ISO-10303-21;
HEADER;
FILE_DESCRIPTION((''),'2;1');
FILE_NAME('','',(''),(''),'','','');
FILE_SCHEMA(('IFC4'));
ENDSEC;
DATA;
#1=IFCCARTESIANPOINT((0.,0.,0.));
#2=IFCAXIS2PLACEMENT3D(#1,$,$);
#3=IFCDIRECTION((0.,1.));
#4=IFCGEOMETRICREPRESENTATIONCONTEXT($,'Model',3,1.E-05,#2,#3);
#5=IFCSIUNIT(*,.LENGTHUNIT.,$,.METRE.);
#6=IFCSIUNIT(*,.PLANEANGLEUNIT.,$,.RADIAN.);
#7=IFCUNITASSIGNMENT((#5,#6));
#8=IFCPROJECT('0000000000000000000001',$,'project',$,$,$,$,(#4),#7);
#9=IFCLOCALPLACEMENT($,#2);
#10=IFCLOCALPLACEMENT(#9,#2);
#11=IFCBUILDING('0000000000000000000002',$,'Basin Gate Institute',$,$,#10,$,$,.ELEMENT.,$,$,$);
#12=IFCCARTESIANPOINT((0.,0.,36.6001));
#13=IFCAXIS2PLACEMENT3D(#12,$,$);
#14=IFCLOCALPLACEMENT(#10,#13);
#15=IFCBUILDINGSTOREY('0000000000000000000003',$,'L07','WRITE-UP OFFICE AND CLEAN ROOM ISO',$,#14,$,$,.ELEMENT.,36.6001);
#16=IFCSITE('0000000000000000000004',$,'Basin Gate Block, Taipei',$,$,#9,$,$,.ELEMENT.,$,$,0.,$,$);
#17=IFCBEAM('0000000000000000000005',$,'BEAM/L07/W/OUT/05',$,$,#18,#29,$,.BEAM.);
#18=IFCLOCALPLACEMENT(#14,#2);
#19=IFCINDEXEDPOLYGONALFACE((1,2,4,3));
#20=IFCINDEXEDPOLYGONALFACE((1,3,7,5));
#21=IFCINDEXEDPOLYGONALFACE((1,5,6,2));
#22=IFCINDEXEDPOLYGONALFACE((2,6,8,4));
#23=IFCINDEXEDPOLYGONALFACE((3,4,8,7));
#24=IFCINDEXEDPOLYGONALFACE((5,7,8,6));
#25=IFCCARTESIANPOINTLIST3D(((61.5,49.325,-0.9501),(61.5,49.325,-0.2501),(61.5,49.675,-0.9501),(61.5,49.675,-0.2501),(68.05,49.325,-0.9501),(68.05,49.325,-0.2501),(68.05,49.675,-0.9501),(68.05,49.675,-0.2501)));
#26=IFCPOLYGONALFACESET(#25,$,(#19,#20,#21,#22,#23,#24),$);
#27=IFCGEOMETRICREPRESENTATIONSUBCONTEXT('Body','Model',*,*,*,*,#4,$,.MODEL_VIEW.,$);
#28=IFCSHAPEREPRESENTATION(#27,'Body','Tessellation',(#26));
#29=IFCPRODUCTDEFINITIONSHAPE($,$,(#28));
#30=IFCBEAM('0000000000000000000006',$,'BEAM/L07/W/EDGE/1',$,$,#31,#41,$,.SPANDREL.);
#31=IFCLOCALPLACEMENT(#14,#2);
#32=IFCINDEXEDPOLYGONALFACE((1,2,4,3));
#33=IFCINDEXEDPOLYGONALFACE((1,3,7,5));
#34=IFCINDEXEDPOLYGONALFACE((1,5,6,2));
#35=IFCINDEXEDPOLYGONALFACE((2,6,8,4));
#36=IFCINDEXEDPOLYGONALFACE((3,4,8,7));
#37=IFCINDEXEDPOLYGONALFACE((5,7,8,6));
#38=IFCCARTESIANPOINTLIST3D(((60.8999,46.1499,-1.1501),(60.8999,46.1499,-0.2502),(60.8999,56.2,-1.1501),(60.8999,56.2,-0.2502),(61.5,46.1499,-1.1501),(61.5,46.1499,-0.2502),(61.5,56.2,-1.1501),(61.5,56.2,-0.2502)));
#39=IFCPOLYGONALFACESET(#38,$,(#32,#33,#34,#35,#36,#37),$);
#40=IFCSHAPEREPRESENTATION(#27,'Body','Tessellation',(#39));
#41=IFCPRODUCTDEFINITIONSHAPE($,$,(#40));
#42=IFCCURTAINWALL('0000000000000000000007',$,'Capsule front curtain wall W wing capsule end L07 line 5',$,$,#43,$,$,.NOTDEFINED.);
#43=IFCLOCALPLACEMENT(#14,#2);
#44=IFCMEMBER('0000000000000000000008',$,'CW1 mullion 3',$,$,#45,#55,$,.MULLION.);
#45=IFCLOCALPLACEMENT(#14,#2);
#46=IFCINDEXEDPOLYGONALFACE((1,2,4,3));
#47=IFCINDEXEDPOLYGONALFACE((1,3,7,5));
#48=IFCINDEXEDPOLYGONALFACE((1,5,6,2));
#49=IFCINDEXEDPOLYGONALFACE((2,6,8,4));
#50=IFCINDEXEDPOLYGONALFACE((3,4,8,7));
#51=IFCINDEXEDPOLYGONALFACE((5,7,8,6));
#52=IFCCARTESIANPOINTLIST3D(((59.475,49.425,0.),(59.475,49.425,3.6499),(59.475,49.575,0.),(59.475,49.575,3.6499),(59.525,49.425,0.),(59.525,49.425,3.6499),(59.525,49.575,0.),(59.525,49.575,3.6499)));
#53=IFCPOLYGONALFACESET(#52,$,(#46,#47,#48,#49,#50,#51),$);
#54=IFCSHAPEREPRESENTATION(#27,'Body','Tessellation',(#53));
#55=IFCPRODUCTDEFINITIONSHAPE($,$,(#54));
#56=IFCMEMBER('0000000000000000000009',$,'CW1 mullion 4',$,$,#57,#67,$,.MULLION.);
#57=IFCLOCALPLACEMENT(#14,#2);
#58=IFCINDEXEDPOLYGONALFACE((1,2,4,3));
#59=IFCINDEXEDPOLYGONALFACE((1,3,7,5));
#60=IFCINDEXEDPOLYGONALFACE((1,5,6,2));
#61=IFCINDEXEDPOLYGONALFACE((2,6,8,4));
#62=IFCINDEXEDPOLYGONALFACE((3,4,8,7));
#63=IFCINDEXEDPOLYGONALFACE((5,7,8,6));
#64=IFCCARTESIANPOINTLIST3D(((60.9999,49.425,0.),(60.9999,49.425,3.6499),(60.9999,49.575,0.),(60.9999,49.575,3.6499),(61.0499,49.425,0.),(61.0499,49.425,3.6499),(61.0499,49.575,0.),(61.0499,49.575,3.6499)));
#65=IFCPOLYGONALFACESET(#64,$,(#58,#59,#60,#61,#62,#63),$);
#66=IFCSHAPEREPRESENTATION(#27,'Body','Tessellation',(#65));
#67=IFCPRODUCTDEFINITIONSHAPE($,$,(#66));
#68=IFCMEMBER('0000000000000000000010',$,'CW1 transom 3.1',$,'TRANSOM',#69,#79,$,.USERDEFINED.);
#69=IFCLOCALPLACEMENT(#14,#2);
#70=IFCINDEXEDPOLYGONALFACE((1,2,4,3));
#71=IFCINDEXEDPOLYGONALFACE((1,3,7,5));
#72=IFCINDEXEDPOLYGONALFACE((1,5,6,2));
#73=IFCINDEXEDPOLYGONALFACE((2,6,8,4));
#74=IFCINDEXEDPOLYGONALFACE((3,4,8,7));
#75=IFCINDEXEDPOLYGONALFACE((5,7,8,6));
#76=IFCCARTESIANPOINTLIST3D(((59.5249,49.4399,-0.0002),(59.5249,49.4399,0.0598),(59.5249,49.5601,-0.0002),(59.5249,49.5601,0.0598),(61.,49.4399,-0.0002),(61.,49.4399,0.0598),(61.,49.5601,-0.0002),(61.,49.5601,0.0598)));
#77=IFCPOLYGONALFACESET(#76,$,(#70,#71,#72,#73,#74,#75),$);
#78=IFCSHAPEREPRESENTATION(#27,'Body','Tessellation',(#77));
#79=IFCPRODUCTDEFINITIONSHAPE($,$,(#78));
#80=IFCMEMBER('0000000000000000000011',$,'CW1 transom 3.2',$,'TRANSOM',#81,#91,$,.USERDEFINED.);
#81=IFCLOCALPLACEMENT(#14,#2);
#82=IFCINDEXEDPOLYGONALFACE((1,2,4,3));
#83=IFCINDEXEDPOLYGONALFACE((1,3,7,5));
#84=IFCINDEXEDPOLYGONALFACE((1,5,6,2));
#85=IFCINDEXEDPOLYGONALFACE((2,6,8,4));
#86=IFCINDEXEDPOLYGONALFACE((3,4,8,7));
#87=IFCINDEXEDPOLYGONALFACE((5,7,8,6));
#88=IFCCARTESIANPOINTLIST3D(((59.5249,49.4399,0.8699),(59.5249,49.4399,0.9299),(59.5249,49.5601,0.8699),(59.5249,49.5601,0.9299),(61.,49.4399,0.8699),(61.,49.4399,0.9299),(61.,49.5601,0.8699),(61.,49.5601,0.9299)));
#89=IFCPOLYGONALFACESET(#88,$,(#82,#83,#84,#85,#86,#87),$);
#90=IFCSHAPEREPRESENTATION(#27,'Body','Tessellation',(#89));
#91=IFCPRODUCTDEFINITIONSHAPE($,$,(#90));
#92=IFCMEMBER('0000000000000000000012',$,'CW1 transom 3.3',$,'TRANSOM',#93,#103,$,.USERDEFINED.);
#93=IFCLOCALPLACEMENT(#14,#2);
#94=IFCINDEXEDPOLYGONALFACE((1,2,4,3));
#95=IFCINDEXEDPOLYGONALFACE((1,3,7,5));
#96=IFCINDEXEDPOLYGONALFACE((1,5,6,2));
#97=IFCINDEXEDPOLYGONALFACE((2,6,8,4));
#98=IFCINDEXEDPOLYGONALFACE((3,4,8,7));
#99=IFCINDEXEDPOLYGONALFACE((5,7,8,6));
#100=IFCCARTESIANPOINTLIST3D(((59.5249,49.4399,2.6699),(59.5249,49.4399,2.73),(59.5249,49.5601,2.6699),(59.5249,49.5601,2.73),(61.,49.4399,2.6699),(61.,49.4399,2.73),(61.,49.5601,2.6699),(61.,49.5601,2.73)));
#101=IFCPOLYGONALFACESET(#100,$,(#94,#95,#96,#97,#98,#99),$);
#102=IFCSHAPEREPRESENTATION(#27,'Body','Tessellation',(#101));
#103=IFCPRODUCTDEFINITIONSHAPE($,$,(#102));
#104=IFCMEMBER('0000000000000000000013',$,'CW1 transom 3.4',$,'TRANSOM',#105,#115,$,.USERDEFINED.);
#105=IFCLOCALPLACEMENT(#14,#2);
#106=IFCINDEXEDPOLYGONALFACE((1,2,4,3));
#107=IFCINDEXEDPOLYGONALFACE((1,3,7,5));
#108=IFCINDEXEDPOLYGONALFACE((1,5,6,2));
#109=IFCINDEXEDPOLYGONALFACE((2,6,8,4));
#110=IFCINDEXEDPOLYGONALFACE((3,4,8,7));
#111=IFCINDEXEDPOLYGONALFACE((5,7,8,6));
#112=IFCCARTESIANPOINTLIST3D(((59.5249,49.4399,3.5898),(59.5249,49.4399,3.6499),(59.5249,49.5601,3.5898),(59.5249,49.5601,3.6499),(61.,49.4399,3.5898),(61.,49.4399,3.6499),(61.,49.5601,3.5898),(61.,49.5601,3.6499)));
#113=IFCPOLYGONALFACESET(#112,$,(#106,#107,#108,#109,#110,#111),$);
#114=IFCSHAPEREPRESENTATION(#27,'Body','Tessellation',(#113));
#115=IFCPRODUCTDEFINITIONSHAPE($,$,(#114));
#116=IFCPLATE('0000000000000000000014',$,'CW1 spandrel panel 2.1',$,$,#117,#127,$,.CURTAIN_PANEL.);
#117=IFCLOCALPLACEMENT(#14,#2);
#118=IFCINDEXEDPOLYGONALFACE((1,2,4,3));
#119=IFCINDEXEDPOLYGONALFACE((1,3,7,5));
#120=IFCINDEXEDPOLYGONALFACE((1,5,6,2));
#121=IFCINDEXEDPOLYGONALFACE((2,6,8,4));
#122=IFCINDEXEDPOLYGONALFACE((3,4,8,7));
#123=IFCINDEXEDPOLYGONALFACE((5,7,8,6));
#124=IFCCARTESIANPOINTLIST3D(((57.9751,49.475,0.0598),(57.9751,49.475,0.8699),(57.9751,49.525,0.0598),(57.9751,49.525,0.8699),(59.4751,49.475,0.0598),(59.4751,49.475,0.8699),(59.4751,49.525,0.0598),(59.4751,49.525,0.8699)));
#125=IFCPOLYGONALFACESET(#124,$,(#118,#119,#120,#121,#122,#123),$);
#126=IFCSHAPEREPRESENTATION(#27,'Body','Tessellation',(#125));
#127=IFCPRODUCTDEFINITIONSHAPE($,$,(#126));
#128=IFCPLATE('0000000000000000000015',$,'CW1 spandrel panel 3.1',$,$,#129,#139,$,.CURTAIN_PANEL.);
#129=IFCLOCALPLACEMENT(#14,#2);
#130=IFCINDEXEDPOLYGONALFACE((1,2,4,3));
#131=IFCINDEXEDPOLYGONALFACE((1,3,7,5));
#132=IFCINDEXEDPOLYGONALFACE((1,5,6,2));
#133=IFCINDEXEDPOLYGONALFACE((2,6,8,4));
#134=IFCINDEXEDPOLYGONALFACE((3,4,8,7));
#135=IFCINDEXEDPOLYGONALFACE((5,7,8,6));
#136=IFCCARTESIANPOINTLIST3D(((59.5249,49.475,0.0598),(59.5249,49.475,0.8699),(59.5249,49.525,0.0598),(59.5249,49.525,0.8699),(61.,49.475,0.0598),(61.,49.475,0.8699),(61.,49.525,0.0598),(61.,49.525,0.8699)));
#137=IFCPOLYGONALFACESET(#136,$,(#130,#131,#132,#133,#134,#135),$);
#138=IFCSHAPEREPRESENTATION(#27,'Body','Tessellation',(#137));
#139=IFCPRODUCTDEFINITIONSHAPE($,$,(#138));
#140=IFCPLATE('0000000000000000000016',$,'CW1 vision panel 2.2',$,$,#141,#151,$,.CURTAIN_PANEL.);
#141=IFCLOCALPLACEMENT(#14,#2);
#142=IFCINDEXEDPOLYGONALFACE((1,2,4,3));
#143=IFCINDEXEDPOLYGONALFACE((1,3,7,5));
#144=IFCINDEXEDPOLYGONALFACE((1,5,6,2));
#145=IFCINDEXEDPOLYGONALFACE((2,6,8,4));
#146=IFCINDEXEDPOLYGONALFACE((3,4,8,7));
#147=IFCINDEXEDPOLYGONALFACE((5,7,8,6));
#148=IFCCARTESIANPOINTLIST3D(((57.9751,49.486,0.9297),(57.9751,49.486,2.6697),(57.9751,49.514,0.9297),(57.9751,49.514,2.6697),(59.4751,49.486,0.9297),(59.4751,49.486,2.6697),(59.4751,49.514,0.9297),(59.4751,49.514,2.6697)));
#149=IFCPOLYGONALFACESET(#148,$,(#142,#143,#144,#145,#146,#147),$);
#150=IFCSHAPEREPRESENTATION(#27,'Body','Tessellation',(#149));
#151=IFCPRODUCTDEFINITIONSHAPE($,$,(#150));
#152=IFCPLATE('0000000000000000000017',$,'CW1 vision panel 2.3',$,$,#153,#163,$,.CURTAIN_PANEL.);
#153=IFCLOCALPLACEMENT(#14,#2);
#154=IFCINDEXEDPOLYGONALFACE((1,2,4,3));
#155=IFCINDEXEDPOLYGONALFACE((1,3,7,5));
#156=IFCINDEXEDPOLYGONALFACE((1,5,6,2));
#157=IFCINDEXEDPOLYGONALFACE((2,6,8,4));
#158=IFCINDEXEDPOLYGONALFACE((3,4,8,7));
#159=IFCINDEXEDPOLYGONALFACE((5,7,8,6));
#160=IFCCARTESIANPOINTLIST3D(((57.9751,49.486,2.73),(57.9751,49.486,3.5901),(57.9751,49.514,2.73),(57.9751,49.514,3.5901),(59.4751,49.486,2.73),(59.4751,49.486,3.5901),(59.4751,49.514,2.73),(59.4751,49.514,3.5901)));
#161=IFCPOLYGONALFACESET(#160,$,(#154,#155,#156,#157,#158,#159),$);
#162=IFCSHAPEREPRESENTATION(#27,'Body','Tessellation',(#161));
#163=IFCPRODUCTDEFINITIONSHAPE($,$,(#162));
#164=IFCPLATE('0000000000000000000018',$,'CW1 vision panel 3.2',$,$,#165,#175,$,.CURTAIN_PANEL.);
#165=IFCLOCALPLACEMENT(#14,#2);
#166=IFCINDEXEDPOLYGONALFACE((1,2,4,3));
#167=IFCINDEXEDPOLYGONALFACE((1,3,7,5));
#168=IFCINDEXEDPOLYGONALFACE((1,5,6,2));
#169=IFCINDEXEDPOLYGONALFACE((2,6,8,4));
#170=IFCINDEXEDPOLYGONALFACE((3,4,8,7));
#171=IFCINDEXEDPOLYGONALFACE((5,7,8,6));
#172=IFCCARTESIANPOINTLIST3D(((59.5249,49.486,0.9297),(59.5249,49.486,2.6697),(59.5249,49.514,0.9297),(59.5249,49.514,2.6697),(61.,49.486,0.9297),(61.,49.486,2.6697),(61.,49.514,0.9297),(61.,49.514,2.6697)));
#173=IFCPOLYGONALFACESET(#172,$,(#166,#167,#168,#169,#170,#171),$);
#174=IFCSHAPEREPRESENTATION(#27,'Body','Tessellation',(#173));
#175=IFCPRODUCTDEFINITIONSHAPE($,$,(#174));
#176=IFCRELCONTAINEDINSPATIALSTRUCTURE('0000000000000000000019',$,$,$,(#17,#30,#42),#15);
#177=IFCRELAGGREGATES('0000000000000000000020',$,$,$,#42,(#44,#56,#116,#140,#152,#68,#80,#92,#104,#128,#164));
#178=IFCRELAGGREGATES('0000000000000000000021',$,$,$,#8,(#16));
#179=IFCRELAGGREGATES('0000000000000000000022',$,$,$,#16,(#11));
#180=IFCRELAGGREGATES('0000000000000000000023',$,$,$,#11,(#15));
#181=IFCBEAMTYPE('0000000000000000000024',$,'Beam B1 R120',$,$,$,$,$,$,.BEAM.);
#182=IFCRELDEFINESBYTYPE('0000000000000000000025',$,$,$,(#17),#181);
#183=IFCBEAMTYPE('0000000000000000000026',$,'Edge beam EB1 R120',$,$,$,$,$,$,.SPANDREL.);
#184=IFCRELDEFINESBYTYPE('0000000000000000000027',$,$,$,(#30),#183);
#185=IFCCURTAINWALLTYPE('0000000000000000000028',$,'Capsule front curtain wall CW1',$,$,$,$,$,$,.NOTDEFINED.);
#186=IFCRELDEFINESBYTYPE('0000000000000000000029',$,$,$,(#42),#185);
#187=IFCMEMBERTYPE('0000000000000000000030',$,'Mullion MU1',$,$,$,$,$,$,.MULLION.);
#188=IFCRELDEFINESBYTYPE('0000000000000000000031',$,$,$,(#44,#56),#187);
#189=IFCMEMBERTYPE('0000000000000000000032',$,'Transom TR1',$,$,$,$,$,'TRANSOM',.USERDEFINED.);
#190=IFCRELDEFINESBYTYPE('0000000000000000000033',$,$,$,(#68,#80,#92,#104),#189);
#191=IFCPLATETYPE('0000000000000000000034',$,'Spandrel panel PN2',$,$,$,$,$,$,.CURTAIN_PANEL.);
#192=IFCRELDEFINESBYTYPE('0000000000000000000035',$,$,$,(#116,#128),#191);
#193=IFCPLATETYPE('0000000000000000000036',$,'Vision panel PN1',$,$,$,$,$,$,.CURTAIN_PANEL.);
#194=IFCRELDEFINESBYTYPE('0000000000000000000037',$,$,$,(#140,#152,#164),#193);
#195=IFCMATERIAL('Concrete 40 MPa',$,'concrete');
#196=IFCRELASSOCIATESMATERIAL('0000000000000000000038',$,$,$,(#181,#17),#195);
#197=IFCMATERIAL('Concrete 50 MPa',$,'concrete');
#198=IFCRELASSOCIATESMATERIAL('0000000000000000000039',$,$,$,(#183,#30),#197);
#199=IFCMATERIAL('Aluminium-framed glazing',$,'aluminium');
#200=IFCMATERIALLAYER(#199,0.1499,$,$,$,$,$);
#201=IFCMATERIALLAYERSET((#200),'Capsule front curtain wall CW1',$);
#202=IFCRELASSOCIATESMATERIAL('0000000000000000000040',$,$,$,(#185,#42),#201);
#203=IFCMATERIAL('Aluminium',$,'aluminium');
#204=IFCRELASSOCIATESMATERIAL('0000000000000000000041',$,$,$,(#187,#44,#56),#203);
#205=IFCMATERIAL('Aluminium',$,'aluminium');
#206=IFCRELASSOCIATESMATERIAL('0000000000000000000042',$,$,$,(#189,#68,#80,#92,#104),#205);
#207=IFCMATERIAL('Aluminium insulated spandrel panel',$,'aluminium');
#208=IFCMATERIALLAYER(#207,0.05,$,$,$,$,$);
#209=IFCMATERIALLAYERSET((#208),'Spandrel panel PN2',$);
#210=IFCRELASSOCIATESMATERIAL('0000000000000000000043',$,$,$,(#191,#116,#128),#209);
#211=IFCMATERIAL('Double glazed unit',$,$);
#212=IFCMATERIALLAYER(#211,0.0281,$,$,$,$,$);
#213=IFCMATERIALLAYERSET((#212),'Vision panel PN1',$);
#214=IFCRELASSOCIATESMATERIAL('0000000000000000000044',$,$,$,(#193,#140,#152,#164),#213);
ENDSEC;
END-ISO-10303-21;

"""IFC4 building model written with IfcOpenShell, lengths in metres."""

from ifc_helpers import new_model, si_unit, direction, frame, origin, origin_2d, place, context, subcontext, project, spatial, rectangle, extrude, material, layer, layer_set, material_profile, profile_set, type_object, element, aggregate, save


model = new_model("IFC4")

# Units and contexts
model_context = context("Model", 3, precision=1e-05, world=origin(), true_north=direction((0.0, 1.0)))
body_context = subcontext(model_context, "Body", "Model", "MODEL_VIEW")
ifc_project = project(units=[si_unit("LENGTHUNIT", "METRE"), si_unit("PLANEANGLEUNIT", "RADIAN")], contexts=[model_context])

# Site, building, storey
site_placement = place(None, origin())
site = spatial("IfcSite", under=ifc_project, at=site_placement, Name="Basin Gate Block, Taipei", CompositionType="ELEMENT", RefElevation=0.0)
building_placement = place(site_placement, origin())
building = spatial("IfcBuilding", under=site, at=building_placement, Name="Basin Gate Institute", CompositionType="ELEMENT")
storey_placement = place(building_placement, frame((0.0, 0.0, 36.6001)))
storey = spatial("IfcBuildingStorey", under=building, at=storey_placement, Name="L07", Description="WRITE-UP OFFICE AND CLEAN ROOM ISO", CompositionType="ELEMENT", Elevation=36.6001)

# Beams
ifc_material_1 = material(Name="Concrete 40 MPa", Category="concrete")
ifc_material_profile_1 = material_profile(ifc_material_1, rectangle(XDim=0.3501, YDim=0.7, at=origin_2d()), Name="Beam B1 350 x 700")
ifc_profile_set_1 = profile_set([ifc_material_profile_1], Name="Concrete 40 MPa")
beam_type_1 = type_object("IfcBeamType", Name="Beam B1 R120", PredefinedType="BEAM", material=ifc_profile_set_1)
beam_1_placement = place(storey_placement, frame((61.5, 49.5, -0.6001), z_axis=(1.0, 0.0, 0.0), x_axis=(0.0, 1.0, 0.0)))
element("IfcBeam", 1, at=beam_1_placement, inside=storey, type_object=beam_type_1, material=ifc_profile_set_1, Name="BEAM/L07/W/OUT/05", PredefinedType="BEAM", context=body_context, shape_type="SweptSolid", body=[
    extrude(rectangle(XDim=0.3501, YDim=0.7, at=origin_2d()), origin(), (0.0, 0.0, 1.0), 6.55),
])
ifc_material_2 = material(Name="Concrete 50 MPa", Category="concrete")
ifc_material_profile_2 = material_profile(ifc_material_2, rectangle(XDim=0.6001, YDim=0.8999, at=origin_2d()), Name="Edge beam EB1 600 x 900")
ifc_profile_set_2 = profile_set([ifc_material_profile_2], Name="Concrete 50 MPa")
beam_type_2 = type_object("IfcBeamType", Name="Edge beam EB1 R120", PredefinedType="SPANDREL", material=ifc_profile_set_2)
beam_2_placement = place(storey_placement, frame((61.2, 46.1499, -0.7002), z_axis=(0.0, 1.0, 0.0), x_axis=(-1.0, 0.0, 0.0)))
element("IfcBeam", 2, at=beam_2_placement, inside=storey, type_object=beam_type_2, material=ifc_profile_set_2, Name="BEAM/L07/W/EDGE/1", PredefinedType="SPANDREL", context=body_context, shape_type="SweptSolid", body=[
    extrude(rectangle(XDim=0.6001, YDim=0.8999, at=origin_2d()), origin(), (0.0, 0.0, 1.0), 10.05),
])

# Curtain wall, members, plates
ifc_material_3 = material(Name="Aluminium-framed glazing", Category="aluminium")
ifc_layer_1 = layer(ifc_material_3, 0.1499)
ifc_layer_set_1 = layer_set([ifc_layer_1], Name="Capsule front curtain wall CW1")
curtain_wall_type = type_object("IfcCurtainWallType", Name="Capsule front curtain wall CW1", PredefinedType="NOTDEFINED", material=ifc_layer_set_1)
curtain_wall_placement = place(storey_placement, origin())
curtain_wall = element("IfcCurtainWall", 3, at=curtain_wall_placement, inside=storey, type_object=curtain_wall_type, material=ifc_layer_set_1, Name="Capsule front curtain wall W wing capsule end L07 line 5", PredefinedType="NOTDEFINED")
ifc_material_4 = material(Name="Aluminium", Category="aluminium")
ifc_material_profile_3 = material_profile(ifc_material_4, rectangle(XDim=0.1499, YDim=0.05, at=origin_2d()), Name="Mullion MU1 150 x 50")
ifc_profile_set_3 = profile_set([ifc_material_profile_3], Name="Aluminium")
member_type_1 = type_object("IfcMemberType", Name="Mullion MU1", PredefinedType="MULLION", material=ifc_profile_set_3)
member_1_placement = place(storey_placement, frame((59.5, 49.5, 0.0), z_axis=(0.0, 0.0, 1.0), x_axis=(0.0, 1.0, 0.0)))
member_1 = element("IfcMember", 4, at=member_1_placement, type_object=member_type_1, material=ifc_profile_set_3, Name="CW1 mullion 3", PredefinedType="MULLION", context=body_context, shape_type="SweptSolid", body=[
    extrude(rectangle(XDim=0.1499, YDim=0.05, at=origin_2d()), origin(), (0.0, 0.0, 1.0), 3.6499),
])
member_2_placement = place(storey_placement, frame((61.0249, 49.5, 0.0), z_axis=(0.0, 0.0, 1.0), x_axis=(0.0, 1.0, 0.0)))
member_2 = element("IfcMember", 5, at=member_2_placement, type_object=member_type_1, material=ifc_profile_set_3, Name="CW1 mullion 4", PredefinedType="MULLION", context=body_context, shape_type="SweptSolid", body=[
    extrude(rectangle(XDim=0.1499, YDim=0.05, at=origin_2d()), origin(), (0.0, 0.0, 1.0), 3.6499),
])
ifc_material_5 = material(Name="Aluminium", Category="aluminium")
ifc_material_profile_4 = material_profile(ifc_material_5, rectangle(XDim=0.1201, YDim=0.0601, at=origin_2d()), Name="Transom TR1 120 x 60")
ifc_profile_set_4 = profile_set([ifc_material_profile_4], Name="Aluminium")
member_type_2 = type_object("IfcMemberType", Name="Transom TR1", ElementType="TRANSOM", PredefinedType="USERDEFINED", material=ifc_profile_set_4)
member_3_placement = place(storey_placement, frame((59.5249, 49.5, 0.0298), z_axis=(1.0, 0.0, 0.0), x_axis=(0.0, 1.0, 0.0)))
member_3 = element("IfcMember", 6, at=member_3_placement, type_object=member_type_2, material=ifc_profile_set_4, Name="CW1 transom 3.1", ObjectType="TRANSOM", PredefinedType="USERDEFINED", context=body_context, shape_type="SweptSolid", body=[
    extrude(rectangle(XDim=0.1201, YDim=0.0601, at=origin_2d()), origin(), (0.0, 0.0, 1.0), 1.4751),
])
member_4_placement = place(storey_placement, frame((59.5249, 49.5, 0.8999), z_axis=(1.0, 0.0, 0.0), x_axis=(0.0, 1.0, 0.0)))
member_4 = element("IfcMember", 7, at=member_4_placement, type_object=member_type_2, material=ifc_profile_set_4, Name="CW1 transom 3.2", ObjectType="TRANSOM", PredefinedType="USERDEFINED", context=body_context, shape_type="SweptSolid", body=[
    extrude(rectangle(XDim=0.1201, YDim=0.0601, at=origin_2d()), origin(), (0.0, 0.0, 1.0), 1.4751),
])
member_5_placement = place(storey_placement, frame((59.5249, 49.5, 2.7), z_axis=(1.0, 0.0, 0.0), x_axis=(0.0, 1.0, 0.0)))
member_5 = element("IfcMember", 8, at=member_5_placement, type_object=member_type_2, material=ifc_profile_set_4, Name="CW1 transom 3.3", ObjectType="TRANSOM", PredefinedType="USERDEFINED", context=body_context, shape_type="SweptSolid", body=[
    extrude(rectangle(XDim=0.1201, YDim=0.0601, at=origin_2d()), origin(), (0.0, 0.0, 1.0), 1.4751),
])
member_6_placement = place(storey_placement, frame((59.5249, 49.5, 3.6199), z_axis=(1.0, 0.0, 0.0), x_axis=(0.0, 1.0, 0.0)))
member_6 = element("IfcMember", 9, at=member_6_placement, type_object=member_type_2, material=ifc_profile_set_4, Name="CW1 transom 3.4", ObjectType="TRANSOM", PredefinedType="USERDEFINED", context=body_context, shape_type="SweptSolid", body=[
    extrude(rectangle(XDim=0.1201, YDim=0.0601, at=origin_2d()), origin(), (0.0, 0.0, 1.0), 1.4751),
])
ifc_material_6 = material(Name="Aluminium insulated spandrel panel", Category="aluminium")
ifc_layer_2 = layer(ifc_material_6, 0.05)
ifc_layer_set_2 = layer_set([ifc_layer_2], Name="Spandrel panel PN2")
plate_type_1 = type_object("IfcPlateType", Name="Spandrel panel PN2", PredefinedType="CURTAIN_PANEL", material=ifc_layer_set_2)
plate_1_placement = place(storey_placement, frame((58.7251, 49.5, 0.0598), z_axis=(0.0, 0.0, 1.0), x_axis=(1.0, 0.0, 0.0)))
plate_1 = element("IfcPlate", 10, at=plate_1_placement, type_object=plate_type_1, material=ifc_layer_set_2, Name="CW1 spandrel panel 2.1", PredefinedType="CURTAIN_PANEL", context=body_context, shape_type="SweptSolid", body=[
    extrude(rectangle(XDim=1.5, YDim=0.05, at=origin_2d()), origin(), (0.0, 0.0, 1.0), 0.8101),
])
plate_2_placement = place(storey_placement, frame((60.2625, 49.5, 0.0598), z_axis=(0.0, 0.0, 1.0), x_axis=(1.0, 0.0, 0.0)))
plate_2 = element("IfcPlate", 11, at=plate_2_placement, type_object=plate_type_1, material=ifc_layer_set_2, Name="CW1 spandrel panel 3.1", PredefinedType="CURTAIN_PANEL", context=body_context, shape_type="SweptSolid", body=[
    extrude(rectangle(XDim=1.4751, YDim=0.05, at=origin_2d()), origin(), (0.0, 0.0, 1.0), 0.8101),
])
ifc_material_7 = material(Name="Double glazed unit")
ifc_layer_3 = layer(ifc_material_7, 0.0281)
ifc_layer_set_3 = layer_set([ifc_layer_3], Name="Vision panel PN1")
plate_type_2 = type_object("IfcPlateType", Name="Vision panel PN1", PredefinedType="CURTAIN_PANEL", material=ifc_layer_set_3)
plate_3_placement = place(storey_placement, frame((58.7251, 49.5, 0.9297), z_axis=(0.0, 0.0, 1.0), x_axis=(1.0, 0.0, 0.0)))
plate_3 = element("IfcPlate", 12, at=plate_3_placement, type_object=plate_type_2, material=ifc_layer_set_3, Name="CW1 vision panel 2.2", PredefinedType="CURTAIN_PANEL", context=body_context, shape_type="SweptSolid", body=[
    extrude(rectangle(XDim=1.5, YDim=0.0281, at=origin_2d()), origin(), (0.0, 0.0, 1.0), 1.74),
])
plate_4_placement = place(storey_placement, frame((58.7251, 49.5, 2.73), z_axis=(0.0, 0.0, 1.0), x_axis=(1.0, 0.0, 0.0)))
plate_4 = element("IfcPlate", 13, at=plate_4_placement, type_object=plate_type_2, material=ifc_layer_set_3, Name="CW1 vision panel 2.3", PredefinedType="CURTAIN_PANEL", context=body_context, shape_type="SweptSolid", body=[
    extrude(rectangle(XDim=1.5, YDim=0.0281, at=origin_2d()), origin(), (0.0, 0.0, 1.0), 0.8601),
])
plate_5_placement = place(storey_placement, frame((60.2625, 49.5, 0.9297), z_axis=(0.0, 0.0, 1.0), x_axis=(1.0, 0.0, 0.0)))
plate_5 = element("IfcPlate", 14, at=plate_5_placement, type_object=plate_type_2, material=ifc_layer_set_3, Name="CW1 vision panel 3.2", PredefinedType="CURTAIN_PANEL", context=body_context, shape_type="SweptSolid", body=[
    extrude(rectangle(XDim=1.4751, YDim=0.0281, at=origin_2d()), origin(), (0.0, 0.0, 1.0), 1.74),
])
aggregate(curtain_wall, [member_1, member_2, plate_1, plate_3, plate_4, member_3, member_4, member_5, member_6, plate_2, plate_5])

save(model, "model.ifc")
